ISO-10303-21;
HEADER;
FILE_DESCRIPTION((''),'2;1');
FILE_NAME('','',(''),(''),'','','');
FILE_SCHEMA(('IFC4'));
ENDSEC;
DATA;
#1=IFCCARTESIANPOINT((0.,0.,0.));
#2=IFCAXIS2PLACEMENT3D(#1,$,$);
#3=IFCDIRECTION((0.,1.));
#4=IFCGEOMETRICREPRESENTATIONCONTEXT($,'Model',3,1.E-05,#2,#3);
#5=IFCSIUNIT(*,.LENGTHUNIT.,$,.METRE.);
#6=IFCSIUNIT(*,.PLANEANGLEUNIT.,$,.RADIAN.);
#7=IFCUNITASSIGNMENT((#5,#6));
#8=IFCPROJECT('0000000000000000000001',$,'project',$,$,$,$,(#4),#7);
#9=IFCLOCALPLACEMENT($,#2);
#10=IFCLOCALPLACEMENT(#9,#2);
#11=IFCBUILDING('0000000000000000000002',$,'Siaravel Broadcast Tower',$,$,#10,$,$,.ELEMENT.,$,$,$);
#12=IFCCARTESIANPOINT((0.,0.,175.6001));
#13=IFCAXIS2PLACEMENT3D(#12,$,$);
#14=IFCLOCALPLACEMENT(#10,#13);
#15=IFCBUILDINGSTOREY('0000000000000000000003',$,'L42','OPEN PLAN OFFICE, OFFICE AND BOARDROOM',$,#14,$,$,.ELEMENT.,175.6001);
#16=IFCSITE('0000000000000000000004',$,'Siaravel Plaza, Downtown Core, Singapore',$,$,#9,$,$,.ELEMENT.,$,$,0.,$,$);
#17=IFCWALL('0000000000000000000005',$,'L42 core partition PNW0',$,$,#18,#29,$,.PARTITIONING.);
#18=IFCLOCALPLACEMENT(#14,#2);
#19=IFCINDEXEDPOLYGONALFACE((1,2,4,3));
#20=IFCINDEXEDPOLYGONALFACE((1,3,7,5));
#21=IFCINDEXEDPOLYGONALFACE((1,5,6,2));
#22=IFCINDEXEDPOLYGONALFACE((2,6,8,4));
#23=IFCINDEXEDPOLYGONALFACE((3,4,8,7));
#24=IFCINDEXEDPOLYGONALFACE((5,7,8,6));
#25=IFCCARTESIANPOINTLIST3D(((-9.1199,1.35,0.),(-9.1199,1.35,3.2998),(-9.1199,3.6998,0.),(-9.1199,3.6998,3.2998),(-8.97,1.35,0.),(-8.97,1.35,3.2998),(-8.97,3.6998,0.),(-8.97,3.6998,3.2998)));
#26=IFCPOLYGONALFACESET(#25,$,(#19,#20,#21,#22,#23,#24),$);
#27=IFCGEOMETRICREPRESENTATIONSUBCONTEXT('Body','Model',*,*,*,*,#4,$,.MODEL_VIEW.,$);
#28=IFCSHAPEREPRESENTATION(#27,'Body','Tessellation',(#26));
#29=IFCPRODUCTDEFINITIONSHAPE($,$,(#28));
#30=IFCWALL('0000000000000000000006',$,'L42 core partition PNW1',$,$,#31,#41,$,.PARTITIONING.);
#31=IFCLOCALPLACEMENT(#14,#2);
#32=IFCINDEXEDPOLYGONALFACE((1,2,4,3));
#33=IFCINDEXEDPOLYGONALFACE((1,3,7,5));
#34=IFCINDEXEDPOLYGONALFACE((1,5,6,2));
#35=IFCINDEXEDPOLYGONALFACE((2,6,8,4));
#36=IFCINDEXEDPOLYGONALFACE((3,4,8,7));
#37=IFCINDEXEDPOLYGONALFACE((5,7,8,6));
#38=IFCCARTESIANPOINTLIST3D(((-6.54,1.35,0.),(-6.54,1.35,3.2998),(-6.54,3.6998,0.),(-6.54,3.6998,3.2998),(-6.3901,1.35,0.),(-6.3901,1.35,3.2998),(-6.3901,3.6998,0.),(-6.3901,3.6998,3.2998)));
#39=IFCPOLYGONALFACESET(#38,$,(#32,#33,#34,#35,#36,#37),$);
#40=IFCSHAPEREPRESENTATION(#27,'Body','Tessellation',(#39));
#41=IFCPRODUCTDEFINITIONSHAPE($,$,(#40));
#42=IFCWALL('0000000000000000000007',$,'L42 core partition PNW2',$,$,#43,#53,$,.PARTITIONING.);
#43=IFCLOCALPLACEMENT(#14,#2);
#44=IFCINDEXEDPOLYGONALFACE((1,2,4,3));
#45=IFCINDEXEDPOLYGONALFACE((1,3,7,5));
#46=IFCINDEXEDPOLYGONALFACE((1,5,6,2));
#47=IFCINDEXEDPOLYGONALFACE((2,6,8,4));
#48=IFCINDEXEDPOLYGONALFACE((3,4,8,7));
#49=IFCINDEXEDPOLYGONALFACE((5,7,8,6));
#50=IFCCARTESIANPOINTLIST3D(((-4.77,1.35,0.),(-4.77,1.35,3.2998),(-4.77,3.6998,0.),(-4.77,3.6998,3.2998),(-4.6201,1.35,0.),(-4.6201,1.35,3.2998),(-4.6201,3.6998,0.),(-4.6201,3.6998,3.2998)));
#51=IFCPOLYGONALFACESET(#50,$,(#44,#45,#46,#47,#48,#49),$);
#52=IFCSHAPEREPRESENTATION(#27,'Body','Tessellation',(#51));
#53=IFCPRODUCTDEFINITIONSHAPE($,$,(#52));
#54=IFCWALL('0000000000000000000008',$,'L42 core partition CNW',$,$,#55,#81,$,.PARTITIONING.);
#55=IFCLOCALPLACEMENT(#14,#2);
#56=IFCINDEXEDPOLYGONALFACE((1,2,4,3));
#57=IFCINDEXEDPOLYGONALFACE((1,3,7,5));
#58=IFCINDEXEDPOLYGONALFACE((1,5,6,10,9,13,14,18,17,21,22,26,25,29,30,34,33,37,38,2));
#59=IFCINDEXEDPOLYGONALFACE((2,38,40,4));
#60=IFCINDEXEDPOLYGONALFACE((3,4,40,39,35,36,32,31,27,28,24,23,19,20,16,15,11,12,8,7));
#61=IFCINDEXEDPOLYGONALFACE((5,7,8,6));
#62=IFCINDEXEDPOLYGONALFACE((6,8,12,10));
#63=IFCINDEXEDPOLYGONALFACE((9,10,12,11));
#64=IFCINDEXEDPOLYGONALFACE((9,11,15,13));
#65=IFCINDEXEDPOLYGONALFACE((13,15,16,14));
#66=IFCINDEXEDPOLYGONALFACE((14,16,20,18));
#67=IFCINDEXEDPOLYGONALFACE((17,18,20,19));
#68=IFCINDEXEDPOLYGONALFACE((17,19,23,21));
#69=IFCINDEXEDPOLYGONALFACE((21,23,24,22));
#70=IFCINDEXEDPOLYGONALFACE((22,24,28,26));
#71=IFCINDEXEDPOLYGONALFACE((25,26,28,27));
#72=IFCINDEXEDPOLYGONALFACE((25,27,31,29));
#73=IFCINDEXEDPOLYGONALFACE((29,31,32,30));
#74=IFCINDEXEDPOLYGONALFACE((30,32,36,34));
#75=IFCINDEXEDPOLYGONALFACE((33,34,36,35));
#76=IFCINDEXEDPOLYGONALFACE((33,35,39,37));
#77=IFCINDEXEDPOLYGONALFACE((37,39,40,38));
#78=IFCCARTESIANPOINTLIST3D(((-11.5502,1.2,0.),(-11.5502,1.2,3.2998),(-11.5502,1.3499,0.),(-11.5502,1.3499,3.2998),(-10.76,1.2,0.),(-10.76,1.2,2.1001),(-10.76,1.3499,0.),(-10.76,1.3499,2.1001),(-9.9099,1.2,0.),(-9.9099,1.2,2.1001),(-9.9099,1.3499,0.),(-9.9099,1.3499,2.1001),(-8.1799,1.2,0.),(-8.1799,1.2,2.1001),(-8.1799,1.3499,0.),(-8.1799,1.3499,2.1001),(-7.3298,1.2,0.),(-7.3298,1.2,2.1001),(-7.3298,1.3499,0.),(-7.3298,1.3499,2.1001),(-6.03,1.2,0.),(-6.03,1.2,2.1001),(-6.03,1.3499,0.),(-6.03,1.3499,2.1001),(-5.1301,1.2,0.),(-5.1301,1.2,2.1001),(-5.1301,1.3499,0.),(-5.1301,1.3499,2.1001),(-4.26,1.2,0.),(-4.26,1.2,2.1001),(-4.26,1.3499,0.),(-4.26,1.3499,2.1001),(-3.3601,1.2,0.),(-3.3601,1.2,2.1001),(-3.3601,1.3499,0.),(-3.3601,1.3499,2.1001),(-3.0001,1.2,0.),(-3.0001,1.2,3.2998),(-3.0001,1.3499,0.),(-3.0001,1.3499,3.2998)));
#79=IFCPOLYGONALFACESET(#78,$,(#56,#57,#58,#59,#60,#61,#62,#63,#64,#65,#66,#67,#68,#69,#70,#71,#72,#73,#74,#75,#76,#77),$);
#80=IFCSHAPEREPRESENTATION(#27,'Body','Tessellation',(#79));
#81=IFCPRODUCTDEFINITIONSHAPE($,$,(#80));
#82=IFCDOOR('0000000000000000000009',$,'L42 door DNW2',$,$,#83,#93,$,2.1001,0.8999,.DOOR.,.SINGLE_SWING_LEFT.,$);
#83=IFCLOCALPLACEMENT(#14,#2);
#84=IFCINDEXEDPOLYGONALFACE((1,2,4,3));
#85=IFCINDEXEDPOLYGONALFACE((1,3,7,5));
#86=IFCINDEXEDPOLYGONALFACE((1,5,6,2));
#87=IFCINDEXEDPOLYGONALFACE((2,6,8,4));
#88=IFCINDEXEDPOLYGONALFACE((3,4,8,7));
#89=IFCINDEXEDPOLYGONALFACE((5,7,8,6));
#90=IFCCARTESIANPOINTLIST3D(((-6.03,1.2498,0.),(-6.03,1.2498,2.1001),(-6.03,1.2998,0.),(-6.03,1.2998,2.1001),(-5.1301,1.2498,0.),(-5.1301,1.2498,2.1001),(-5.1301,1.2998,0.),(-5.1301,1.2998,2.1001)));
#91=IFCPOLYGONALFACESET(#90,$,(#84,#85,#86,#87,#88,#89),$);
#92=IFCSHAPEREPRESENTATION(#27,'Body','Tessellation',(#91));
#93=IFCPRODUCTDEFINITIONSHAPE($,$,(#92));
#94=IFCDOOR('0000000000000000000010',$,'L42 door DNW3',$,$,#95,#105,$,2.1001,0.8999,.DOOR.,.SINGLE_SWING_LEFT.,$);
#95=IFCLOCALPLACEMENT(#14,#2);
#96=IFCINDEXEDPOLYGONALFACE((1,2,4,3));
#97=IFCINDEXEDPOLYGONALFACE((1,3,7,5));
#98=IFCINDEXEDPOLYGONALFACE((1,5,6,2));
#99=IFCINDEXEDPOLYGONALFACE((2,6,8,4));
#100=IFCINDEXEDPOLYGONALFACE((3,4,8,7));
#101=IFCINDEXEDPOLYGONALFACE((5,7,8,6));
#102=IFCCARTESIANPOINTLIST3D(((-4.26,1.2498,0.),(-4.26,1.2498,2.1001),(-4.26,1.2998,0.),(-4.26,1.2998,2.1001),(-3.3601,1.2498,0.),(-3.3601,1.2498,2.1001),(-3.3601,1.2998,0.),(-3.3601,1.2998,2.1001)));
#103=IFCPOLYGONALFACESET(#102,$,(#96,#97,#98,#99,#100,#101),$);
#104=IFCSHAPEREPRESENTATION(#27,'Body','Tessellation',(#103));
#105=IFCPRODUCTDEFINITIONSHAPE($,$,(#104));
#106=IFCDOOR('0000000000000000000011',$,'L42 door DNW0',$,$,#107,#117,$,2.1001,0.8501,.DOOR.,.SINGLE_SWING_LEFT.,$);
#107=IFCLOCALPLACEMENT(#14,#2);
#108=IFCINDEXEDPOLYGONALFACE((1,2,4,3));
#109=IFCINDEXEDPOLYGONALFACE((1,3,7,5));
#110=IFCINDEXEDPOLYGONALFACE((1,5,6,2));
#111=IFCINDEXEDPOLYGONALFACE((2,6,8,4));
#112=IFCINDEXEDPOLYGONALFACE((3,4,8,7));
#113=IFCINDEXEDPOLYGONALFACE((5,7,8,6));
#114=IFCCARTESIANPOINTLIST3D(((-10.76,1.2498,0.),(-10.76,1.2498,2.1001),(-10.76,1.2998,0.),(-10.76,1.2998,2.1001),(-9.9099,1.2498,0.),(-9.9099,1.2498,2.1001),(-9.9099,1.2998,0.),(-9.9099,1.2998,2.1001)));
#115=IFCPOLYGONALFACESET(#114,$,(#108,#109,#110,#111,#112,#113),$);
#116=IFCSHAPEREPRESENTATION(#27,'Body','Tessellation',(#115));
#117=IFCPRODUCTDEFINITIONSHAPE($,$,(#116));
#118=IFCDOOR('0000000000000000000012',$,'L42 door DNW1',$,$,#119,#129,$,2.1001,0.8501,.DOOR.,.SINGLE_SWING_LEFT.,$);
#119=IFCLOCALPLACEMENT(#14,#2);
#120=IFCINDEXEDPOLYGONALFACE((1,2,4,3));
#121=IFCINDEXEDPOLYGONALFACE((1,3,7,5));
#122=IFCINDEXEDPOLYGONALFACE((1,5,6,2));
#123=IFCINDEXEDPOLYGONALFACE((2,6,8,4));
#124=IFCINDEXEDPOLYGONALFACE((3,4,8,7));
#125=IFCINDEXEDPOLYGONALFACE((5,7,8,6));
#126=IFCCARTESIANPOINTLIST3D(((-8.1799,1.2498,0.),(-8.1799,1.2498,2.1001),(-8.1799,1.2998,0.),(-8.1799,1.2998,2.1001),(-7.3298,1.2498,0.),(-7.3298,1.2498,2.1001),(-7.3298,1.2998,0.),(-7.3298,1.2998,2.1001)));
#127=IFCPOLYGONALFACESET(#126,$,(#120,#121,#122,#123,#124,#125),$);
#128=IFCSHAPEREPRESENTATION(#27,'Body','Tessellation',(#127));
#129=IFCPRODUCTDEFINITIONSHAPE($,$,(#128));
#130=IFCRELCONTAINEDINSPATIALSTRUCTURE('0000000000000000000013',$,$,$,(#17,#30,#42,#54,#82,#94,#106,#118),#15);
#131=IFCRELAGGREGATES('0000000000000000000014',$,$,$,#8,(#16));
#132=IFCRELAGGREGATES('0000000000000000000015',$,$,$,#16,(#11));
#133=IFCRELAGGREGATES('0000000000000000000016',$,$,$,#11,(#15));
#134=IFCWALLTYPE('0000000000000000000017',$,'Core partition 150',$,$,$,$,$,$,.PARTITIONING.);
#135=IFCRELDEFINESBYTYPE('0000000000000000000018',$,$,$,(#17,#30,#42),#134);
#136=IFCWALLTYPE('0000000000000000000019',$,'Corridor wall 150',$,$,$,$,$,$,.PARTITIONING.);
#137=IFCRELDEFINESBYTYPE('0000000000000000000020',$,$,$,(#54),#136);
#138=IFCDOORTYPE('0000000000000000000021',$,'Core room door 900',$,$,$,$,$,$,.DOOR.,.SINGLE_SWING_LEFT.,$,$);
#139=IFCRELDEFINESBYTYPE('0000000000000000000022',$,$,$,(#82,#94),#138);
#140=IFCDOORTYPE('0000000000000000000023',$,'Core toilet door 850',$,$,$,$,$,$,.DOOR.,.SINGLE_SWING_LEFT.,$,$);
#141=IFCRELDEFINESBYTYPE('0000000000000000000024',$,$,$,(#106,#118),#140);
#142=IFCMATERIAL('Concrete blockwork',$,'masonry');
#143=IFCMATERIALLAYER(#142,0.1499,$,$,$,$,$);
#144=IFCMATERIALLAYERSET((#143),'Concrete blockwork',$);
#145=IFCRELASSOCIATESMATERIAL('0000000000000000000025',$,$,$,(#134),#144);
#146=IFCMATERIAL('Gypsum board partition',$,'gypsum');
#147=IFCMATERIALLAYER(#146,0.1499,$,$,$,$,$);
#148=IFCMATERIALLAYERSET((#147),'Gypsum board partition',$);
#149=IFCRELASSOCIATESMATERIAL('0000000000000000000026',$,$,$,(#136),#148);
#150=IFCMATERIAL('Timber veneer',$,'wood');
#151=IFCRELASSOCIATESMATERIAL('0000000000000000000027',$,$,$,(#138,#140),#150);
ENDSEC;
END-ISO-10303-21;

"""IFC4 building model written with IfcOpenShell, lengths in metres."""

from ifc_helpers import new_model, si_unit, direction, frame, frame_2d, origin, place, context, subcontext, project, spatial, rectangle, extrude, material, layer, layer_set, type_object, element, fill, save


model = new_model("IFC4")

# Units and contexts
model_context = context("Model", 3, precision=1e-05, world=origin(), true_north=direction((0.0, 1.0)))
body_context = subcontext(model_context, "Body", "Model", "MODEL_VIEW")
ifc_project = project(units=[si_unit("LENGTHUNIT", "METRE"), si_unit("PLANEANGLEUNIT", "RADIAN")], contexts=[model_context])

# Site, building, storey
site_placement = place(None, origin())
site = spatial("IfcSite", under=ifc_project, at=site_placement, Name="Siaravel Plaza, Downtown Core, Singapore", CompositionType="ELEMENT", RefElevation=0.0)
building_placement = place(site_placement, origin())
building = spatial("IfcBuilding", under=site, at=building_placement, Name="Siaravel Broadcast Tower", CompositionType="ELEMENT")
storey_placement = place(building_placement, frame((0.0, 0.0, 175.6001)))
storey = spatial("IfcBuildingStorey", under=building, at=storey_placement, Name="L42", Description="OPEN PLAN OFFICE, OFFICE AND BOARDROOM", CompositionType="ELEMENT", Elevation=175.6001)

# Walls
ifc_material_1 = material(Name="Concrete blockwork", Category="masonry")
ifc_layer_1 = layer(ifc_material_1, 0.1499)
ifc_layer_set_1 = layer_set([ifc_layer_1], Name="Concrete blockwork")
wall_type_1 = type_object("IfcWallType", Name="Core partition 150", PredefinedType="PARTITIONING", material=ifc_layer_set_1)
for number, where, z_axis, x_axis, name in (
    (1, (-9.0449, 1.3501, 0.0), (0.0, 0.0, 1.0), (0.0, 1.0, 0.0), "L42 core partition PNW0"),
    (2, (-6.4651, 1.3501, 0.0), (0.0, 0.0, 1.0), (0.0, 1.0, 0.0), "L42 core partition PNW1"),
    (3, (-4.6951, 1.3501, 0.0), (0.0, 0.0, 1.0), (0.0, 1.0, 0.0), "L42 core partition PNW2"),
):
    element("IfcWall", number, at=place(storey_placement, frame(where, z_axis=z_axis, x_axis=x_axis)), inside=storey, type_object=wall_type_1, Name=name, PredefinedType="PARTITIONING", context=body_context, shape_type="SweptSolid", body=[
        extrude(rectangle(XDim=2.3499, YDim=0.1499, at=frame_2d((1.1748, 0.0))), origin(), (0.0, 0.0, 1.0), 3.2998),
    ])

# Wall, openings, doors
ifc_material_2 = material(Name="Gypsum board partition", Category="gypsum")
ifc_layer_2 = layer(ifc_material_2, 0.1499)
ifc_layer_set_2 = layer_set([ifc_layer_2], Name="Gypsum board partition")
wall_type_2 = type_object("IfcWallType", Name="Corridor wall 150", PredefinedType="PARTITIONING", material=ifc_layer_set_2)
wall_1_placement = place(storey_placement, frame((-11.55, 1.2749, 0.0), z_axis=(0.0, 0.0, 1.0), x_axis=(1.0, 0.0, 0.0)))
wall_1 = element("IfcWall", 4, at=wall_1_placement, inside=storey, type_object=wall_type_2, Name="L42 core partition CNW", PredefinedType="PARTITIONING", context=body_context, shape_type="SweptSolid", body=[
    extrude(rectangle(XDim=8.55, YDim=0.1499, at=frame_2d((4.2749, 0.0))), origin(), (0.0, 0.0, 1.0), 3.2998),
])
opening_1_placement = place(wall_1_placement, frame((0.79, 0.0, 0.0)))
opening_1 = element("IfcOpeningElement", 5, at=opening_1_placement, cuts=wall_1, PredefinedType="OPENING", context=body_context, shape_type="SweptSolid", body=[
    extrude(rectangle(XDim=0.8501, YDim=2.1001, at=frame_2d((0.425, 1.05))), frame((0.0, 0.085, 0.0), z_axis=(0.0, -1.0, 0.0), x_axis=(1.0, 0.0, 0.0)), (0.0, 0.0, 1.0), 0.1699),
])
opening_2_placement = place(wall_1_placement, frame((3.3701, 0.0, 0.0)))
opening_2 = element("IfcOpeningElement", 6, at=opening_2_placement, cuts=wall_1, PredefinedType="OPENING", context=body_context, shape_type="SweptSolid", body=[
    extrude(rectangle(XDim=0.8501, YDim=2.1001, at=frame_2d((0.425, 1.05))), frame((0.0, 0.085, 0.0), z_axis=(0.0, -1.0, 0.0), x_axis=(1.0, 0.0, 0.0)), (0.0, 0.0, 1.0), 0.1699),
])
opening_3_placement = place(wall_1_placement, frame((5.52, 0.0, 0.0)))
opening_3 = element("IfcOpeningElement", 7, at=opening_3_placement, cuts=wall_1, PredefinedType="OPENING", context=body_context, shape_type="SweptSolid", body=[
    extrude(rectangle(XDim=0.8999, YDim=2.1001, at=frame_2d((0.45, 1.05))), frame((0.0, 0.085, 0.0), z_axis=(0.0, -1.0, 0.0), x_axis=(1.0, 0.0, 0.0)), (0.0, 0.0, 1.0), 0.1699),
])
opening_4_placement = place(wall_1_placement, frame((7.29, 0.0, 0.0)))
opening_4 = element("IfcOpeningElement", 8, at=opening_4_placement, cuts=wall_1, PredefinedType="OPENING", context=body_context, shape_type="SweptSolid", body=[
    extrude(rectangle(XDim=0.8999, YDim=2.1001, at=frame_2d((0.45, 1.05))), frame((0.0, 0.085, 0.0), z_axis=(0.0, -1.0, 0.0), x_axis=(1.0, 0.0, 0.0)), (0.0, 0.0, 1.0), 0.1699),
])
ifc_material_3 = material(Name="Timber veneer", Category="wood")
door_type_1 = type_object("IfcDoorType", Name="Core room door 900", OperationType="SINGLE_SWING_LEFT", PredefinedType="DOOR", material=ifc_material_3)
door_1_placement = place(opening_3_placement, origin())
door_1 = element("IfcDoor", 9, at=door_1_placement, inside=storey, type_object=door_type_1, Name="L42 door DNW2", OperationType="SINGLE_SWING_LEFT", OverallHeight=2.1001, OverallWidth=0.8999, PredefinedType="DOOR", context=body_context, shape_type="SweptSolid", body=[
    extrude(rectangle(XDim=0.8999, YDim=2.1001, at=frame_2d((0.45, 1.05))), frame((0.0, 0.0249, 0.0), z_axis=(0.0, -1.0, 0.0), x_axis=(1.0, 0.0, 0.0)), (0.0, 0.0, 1.0), 0.05),
])
fill(opening_3, door_1)
door_2_placement = place(opening_4_placement, origin())
door_2 = element("IfcDoor", 10, at=door_2_placement, inside=storey, type_object=door_type_1, Name="L42 door DNW3", OperationType="SINGLE_SWING_LEFT", OverallHeight=2.1001, OverallWidth=0.8999, PredefinedType="DOOR", context=body_context, shape_type="SweptSolid", body=[
    extrude(rectangle(XDim=0.8999, YDim=2.1001, at=frame_2d((0.45, 1.05))), frame((0.0, 0.0249, 0.0), z_axis=(0.0, -1.0, 0.0), x_axis=(1.0, 0.0, 0.0)), (0.0, 0.0, 1.0), 0.05),
])
fill(opening_4, door_2)
door_type_2 = type_object("IfcDoorType", Name="Core toilet door 850", OperationType="SINGLE_SWING_LEFT", PredefinedType="DOOR", material=ifc_material_3)
door_3_placement = place(opening_1_placement, origin())
door_3 = element("IfcDoor", 11, at=door_3_placement, inside=storey, type_object=door_type_2, Name="L42 door DNW0", OperationType="SINGLE_SWING_LEFT", OverallHeight=2.1001, OverallWidth=0.8501, PredefinedType="DOOR", context=body_context, shape_type="SweptSolid", body=[
    extrude(rectangle(XDim=0.8501, YDim=2.1001, at=frame_2d((0.425, 1.05))), frame((0.0, 0.0249, 0.0), z_axis=(0.0, -1.0, 0.0), x_axis=(1.0, 0.0, 0.0)), (0.0, 0.0, 1.0), 0.05),
])
fill(opening_1, door_3)
door_4_placement = place(opening_2_placement, origin())
door_4 = element("IfcDoor", 12, at=door_4_placement, inside=storey, type_object=door_type_2, Name="L42 door DNW1", OperationType="SINGLE_SWING_LEFT", OverallHeight=2.1001, OverallWidth=0.8501, PredefinedType="DOOR", context=body_context, shape_type="SweptSolid", body=[
    extrude(rectangle(XDim=0.8501, YDim=2.1001, at=frame_2d((0.425, 1.05))), frame((0.0, 0.0249, 0.0), z_axis=(0.0, -1.0, 0.0), x_axis=(1.0, 0.0, 0.0)), (0.0, 0.0, 1.0), 0.05),
])
fill(opening_2, door_4)

save(model, "model.ifc")
